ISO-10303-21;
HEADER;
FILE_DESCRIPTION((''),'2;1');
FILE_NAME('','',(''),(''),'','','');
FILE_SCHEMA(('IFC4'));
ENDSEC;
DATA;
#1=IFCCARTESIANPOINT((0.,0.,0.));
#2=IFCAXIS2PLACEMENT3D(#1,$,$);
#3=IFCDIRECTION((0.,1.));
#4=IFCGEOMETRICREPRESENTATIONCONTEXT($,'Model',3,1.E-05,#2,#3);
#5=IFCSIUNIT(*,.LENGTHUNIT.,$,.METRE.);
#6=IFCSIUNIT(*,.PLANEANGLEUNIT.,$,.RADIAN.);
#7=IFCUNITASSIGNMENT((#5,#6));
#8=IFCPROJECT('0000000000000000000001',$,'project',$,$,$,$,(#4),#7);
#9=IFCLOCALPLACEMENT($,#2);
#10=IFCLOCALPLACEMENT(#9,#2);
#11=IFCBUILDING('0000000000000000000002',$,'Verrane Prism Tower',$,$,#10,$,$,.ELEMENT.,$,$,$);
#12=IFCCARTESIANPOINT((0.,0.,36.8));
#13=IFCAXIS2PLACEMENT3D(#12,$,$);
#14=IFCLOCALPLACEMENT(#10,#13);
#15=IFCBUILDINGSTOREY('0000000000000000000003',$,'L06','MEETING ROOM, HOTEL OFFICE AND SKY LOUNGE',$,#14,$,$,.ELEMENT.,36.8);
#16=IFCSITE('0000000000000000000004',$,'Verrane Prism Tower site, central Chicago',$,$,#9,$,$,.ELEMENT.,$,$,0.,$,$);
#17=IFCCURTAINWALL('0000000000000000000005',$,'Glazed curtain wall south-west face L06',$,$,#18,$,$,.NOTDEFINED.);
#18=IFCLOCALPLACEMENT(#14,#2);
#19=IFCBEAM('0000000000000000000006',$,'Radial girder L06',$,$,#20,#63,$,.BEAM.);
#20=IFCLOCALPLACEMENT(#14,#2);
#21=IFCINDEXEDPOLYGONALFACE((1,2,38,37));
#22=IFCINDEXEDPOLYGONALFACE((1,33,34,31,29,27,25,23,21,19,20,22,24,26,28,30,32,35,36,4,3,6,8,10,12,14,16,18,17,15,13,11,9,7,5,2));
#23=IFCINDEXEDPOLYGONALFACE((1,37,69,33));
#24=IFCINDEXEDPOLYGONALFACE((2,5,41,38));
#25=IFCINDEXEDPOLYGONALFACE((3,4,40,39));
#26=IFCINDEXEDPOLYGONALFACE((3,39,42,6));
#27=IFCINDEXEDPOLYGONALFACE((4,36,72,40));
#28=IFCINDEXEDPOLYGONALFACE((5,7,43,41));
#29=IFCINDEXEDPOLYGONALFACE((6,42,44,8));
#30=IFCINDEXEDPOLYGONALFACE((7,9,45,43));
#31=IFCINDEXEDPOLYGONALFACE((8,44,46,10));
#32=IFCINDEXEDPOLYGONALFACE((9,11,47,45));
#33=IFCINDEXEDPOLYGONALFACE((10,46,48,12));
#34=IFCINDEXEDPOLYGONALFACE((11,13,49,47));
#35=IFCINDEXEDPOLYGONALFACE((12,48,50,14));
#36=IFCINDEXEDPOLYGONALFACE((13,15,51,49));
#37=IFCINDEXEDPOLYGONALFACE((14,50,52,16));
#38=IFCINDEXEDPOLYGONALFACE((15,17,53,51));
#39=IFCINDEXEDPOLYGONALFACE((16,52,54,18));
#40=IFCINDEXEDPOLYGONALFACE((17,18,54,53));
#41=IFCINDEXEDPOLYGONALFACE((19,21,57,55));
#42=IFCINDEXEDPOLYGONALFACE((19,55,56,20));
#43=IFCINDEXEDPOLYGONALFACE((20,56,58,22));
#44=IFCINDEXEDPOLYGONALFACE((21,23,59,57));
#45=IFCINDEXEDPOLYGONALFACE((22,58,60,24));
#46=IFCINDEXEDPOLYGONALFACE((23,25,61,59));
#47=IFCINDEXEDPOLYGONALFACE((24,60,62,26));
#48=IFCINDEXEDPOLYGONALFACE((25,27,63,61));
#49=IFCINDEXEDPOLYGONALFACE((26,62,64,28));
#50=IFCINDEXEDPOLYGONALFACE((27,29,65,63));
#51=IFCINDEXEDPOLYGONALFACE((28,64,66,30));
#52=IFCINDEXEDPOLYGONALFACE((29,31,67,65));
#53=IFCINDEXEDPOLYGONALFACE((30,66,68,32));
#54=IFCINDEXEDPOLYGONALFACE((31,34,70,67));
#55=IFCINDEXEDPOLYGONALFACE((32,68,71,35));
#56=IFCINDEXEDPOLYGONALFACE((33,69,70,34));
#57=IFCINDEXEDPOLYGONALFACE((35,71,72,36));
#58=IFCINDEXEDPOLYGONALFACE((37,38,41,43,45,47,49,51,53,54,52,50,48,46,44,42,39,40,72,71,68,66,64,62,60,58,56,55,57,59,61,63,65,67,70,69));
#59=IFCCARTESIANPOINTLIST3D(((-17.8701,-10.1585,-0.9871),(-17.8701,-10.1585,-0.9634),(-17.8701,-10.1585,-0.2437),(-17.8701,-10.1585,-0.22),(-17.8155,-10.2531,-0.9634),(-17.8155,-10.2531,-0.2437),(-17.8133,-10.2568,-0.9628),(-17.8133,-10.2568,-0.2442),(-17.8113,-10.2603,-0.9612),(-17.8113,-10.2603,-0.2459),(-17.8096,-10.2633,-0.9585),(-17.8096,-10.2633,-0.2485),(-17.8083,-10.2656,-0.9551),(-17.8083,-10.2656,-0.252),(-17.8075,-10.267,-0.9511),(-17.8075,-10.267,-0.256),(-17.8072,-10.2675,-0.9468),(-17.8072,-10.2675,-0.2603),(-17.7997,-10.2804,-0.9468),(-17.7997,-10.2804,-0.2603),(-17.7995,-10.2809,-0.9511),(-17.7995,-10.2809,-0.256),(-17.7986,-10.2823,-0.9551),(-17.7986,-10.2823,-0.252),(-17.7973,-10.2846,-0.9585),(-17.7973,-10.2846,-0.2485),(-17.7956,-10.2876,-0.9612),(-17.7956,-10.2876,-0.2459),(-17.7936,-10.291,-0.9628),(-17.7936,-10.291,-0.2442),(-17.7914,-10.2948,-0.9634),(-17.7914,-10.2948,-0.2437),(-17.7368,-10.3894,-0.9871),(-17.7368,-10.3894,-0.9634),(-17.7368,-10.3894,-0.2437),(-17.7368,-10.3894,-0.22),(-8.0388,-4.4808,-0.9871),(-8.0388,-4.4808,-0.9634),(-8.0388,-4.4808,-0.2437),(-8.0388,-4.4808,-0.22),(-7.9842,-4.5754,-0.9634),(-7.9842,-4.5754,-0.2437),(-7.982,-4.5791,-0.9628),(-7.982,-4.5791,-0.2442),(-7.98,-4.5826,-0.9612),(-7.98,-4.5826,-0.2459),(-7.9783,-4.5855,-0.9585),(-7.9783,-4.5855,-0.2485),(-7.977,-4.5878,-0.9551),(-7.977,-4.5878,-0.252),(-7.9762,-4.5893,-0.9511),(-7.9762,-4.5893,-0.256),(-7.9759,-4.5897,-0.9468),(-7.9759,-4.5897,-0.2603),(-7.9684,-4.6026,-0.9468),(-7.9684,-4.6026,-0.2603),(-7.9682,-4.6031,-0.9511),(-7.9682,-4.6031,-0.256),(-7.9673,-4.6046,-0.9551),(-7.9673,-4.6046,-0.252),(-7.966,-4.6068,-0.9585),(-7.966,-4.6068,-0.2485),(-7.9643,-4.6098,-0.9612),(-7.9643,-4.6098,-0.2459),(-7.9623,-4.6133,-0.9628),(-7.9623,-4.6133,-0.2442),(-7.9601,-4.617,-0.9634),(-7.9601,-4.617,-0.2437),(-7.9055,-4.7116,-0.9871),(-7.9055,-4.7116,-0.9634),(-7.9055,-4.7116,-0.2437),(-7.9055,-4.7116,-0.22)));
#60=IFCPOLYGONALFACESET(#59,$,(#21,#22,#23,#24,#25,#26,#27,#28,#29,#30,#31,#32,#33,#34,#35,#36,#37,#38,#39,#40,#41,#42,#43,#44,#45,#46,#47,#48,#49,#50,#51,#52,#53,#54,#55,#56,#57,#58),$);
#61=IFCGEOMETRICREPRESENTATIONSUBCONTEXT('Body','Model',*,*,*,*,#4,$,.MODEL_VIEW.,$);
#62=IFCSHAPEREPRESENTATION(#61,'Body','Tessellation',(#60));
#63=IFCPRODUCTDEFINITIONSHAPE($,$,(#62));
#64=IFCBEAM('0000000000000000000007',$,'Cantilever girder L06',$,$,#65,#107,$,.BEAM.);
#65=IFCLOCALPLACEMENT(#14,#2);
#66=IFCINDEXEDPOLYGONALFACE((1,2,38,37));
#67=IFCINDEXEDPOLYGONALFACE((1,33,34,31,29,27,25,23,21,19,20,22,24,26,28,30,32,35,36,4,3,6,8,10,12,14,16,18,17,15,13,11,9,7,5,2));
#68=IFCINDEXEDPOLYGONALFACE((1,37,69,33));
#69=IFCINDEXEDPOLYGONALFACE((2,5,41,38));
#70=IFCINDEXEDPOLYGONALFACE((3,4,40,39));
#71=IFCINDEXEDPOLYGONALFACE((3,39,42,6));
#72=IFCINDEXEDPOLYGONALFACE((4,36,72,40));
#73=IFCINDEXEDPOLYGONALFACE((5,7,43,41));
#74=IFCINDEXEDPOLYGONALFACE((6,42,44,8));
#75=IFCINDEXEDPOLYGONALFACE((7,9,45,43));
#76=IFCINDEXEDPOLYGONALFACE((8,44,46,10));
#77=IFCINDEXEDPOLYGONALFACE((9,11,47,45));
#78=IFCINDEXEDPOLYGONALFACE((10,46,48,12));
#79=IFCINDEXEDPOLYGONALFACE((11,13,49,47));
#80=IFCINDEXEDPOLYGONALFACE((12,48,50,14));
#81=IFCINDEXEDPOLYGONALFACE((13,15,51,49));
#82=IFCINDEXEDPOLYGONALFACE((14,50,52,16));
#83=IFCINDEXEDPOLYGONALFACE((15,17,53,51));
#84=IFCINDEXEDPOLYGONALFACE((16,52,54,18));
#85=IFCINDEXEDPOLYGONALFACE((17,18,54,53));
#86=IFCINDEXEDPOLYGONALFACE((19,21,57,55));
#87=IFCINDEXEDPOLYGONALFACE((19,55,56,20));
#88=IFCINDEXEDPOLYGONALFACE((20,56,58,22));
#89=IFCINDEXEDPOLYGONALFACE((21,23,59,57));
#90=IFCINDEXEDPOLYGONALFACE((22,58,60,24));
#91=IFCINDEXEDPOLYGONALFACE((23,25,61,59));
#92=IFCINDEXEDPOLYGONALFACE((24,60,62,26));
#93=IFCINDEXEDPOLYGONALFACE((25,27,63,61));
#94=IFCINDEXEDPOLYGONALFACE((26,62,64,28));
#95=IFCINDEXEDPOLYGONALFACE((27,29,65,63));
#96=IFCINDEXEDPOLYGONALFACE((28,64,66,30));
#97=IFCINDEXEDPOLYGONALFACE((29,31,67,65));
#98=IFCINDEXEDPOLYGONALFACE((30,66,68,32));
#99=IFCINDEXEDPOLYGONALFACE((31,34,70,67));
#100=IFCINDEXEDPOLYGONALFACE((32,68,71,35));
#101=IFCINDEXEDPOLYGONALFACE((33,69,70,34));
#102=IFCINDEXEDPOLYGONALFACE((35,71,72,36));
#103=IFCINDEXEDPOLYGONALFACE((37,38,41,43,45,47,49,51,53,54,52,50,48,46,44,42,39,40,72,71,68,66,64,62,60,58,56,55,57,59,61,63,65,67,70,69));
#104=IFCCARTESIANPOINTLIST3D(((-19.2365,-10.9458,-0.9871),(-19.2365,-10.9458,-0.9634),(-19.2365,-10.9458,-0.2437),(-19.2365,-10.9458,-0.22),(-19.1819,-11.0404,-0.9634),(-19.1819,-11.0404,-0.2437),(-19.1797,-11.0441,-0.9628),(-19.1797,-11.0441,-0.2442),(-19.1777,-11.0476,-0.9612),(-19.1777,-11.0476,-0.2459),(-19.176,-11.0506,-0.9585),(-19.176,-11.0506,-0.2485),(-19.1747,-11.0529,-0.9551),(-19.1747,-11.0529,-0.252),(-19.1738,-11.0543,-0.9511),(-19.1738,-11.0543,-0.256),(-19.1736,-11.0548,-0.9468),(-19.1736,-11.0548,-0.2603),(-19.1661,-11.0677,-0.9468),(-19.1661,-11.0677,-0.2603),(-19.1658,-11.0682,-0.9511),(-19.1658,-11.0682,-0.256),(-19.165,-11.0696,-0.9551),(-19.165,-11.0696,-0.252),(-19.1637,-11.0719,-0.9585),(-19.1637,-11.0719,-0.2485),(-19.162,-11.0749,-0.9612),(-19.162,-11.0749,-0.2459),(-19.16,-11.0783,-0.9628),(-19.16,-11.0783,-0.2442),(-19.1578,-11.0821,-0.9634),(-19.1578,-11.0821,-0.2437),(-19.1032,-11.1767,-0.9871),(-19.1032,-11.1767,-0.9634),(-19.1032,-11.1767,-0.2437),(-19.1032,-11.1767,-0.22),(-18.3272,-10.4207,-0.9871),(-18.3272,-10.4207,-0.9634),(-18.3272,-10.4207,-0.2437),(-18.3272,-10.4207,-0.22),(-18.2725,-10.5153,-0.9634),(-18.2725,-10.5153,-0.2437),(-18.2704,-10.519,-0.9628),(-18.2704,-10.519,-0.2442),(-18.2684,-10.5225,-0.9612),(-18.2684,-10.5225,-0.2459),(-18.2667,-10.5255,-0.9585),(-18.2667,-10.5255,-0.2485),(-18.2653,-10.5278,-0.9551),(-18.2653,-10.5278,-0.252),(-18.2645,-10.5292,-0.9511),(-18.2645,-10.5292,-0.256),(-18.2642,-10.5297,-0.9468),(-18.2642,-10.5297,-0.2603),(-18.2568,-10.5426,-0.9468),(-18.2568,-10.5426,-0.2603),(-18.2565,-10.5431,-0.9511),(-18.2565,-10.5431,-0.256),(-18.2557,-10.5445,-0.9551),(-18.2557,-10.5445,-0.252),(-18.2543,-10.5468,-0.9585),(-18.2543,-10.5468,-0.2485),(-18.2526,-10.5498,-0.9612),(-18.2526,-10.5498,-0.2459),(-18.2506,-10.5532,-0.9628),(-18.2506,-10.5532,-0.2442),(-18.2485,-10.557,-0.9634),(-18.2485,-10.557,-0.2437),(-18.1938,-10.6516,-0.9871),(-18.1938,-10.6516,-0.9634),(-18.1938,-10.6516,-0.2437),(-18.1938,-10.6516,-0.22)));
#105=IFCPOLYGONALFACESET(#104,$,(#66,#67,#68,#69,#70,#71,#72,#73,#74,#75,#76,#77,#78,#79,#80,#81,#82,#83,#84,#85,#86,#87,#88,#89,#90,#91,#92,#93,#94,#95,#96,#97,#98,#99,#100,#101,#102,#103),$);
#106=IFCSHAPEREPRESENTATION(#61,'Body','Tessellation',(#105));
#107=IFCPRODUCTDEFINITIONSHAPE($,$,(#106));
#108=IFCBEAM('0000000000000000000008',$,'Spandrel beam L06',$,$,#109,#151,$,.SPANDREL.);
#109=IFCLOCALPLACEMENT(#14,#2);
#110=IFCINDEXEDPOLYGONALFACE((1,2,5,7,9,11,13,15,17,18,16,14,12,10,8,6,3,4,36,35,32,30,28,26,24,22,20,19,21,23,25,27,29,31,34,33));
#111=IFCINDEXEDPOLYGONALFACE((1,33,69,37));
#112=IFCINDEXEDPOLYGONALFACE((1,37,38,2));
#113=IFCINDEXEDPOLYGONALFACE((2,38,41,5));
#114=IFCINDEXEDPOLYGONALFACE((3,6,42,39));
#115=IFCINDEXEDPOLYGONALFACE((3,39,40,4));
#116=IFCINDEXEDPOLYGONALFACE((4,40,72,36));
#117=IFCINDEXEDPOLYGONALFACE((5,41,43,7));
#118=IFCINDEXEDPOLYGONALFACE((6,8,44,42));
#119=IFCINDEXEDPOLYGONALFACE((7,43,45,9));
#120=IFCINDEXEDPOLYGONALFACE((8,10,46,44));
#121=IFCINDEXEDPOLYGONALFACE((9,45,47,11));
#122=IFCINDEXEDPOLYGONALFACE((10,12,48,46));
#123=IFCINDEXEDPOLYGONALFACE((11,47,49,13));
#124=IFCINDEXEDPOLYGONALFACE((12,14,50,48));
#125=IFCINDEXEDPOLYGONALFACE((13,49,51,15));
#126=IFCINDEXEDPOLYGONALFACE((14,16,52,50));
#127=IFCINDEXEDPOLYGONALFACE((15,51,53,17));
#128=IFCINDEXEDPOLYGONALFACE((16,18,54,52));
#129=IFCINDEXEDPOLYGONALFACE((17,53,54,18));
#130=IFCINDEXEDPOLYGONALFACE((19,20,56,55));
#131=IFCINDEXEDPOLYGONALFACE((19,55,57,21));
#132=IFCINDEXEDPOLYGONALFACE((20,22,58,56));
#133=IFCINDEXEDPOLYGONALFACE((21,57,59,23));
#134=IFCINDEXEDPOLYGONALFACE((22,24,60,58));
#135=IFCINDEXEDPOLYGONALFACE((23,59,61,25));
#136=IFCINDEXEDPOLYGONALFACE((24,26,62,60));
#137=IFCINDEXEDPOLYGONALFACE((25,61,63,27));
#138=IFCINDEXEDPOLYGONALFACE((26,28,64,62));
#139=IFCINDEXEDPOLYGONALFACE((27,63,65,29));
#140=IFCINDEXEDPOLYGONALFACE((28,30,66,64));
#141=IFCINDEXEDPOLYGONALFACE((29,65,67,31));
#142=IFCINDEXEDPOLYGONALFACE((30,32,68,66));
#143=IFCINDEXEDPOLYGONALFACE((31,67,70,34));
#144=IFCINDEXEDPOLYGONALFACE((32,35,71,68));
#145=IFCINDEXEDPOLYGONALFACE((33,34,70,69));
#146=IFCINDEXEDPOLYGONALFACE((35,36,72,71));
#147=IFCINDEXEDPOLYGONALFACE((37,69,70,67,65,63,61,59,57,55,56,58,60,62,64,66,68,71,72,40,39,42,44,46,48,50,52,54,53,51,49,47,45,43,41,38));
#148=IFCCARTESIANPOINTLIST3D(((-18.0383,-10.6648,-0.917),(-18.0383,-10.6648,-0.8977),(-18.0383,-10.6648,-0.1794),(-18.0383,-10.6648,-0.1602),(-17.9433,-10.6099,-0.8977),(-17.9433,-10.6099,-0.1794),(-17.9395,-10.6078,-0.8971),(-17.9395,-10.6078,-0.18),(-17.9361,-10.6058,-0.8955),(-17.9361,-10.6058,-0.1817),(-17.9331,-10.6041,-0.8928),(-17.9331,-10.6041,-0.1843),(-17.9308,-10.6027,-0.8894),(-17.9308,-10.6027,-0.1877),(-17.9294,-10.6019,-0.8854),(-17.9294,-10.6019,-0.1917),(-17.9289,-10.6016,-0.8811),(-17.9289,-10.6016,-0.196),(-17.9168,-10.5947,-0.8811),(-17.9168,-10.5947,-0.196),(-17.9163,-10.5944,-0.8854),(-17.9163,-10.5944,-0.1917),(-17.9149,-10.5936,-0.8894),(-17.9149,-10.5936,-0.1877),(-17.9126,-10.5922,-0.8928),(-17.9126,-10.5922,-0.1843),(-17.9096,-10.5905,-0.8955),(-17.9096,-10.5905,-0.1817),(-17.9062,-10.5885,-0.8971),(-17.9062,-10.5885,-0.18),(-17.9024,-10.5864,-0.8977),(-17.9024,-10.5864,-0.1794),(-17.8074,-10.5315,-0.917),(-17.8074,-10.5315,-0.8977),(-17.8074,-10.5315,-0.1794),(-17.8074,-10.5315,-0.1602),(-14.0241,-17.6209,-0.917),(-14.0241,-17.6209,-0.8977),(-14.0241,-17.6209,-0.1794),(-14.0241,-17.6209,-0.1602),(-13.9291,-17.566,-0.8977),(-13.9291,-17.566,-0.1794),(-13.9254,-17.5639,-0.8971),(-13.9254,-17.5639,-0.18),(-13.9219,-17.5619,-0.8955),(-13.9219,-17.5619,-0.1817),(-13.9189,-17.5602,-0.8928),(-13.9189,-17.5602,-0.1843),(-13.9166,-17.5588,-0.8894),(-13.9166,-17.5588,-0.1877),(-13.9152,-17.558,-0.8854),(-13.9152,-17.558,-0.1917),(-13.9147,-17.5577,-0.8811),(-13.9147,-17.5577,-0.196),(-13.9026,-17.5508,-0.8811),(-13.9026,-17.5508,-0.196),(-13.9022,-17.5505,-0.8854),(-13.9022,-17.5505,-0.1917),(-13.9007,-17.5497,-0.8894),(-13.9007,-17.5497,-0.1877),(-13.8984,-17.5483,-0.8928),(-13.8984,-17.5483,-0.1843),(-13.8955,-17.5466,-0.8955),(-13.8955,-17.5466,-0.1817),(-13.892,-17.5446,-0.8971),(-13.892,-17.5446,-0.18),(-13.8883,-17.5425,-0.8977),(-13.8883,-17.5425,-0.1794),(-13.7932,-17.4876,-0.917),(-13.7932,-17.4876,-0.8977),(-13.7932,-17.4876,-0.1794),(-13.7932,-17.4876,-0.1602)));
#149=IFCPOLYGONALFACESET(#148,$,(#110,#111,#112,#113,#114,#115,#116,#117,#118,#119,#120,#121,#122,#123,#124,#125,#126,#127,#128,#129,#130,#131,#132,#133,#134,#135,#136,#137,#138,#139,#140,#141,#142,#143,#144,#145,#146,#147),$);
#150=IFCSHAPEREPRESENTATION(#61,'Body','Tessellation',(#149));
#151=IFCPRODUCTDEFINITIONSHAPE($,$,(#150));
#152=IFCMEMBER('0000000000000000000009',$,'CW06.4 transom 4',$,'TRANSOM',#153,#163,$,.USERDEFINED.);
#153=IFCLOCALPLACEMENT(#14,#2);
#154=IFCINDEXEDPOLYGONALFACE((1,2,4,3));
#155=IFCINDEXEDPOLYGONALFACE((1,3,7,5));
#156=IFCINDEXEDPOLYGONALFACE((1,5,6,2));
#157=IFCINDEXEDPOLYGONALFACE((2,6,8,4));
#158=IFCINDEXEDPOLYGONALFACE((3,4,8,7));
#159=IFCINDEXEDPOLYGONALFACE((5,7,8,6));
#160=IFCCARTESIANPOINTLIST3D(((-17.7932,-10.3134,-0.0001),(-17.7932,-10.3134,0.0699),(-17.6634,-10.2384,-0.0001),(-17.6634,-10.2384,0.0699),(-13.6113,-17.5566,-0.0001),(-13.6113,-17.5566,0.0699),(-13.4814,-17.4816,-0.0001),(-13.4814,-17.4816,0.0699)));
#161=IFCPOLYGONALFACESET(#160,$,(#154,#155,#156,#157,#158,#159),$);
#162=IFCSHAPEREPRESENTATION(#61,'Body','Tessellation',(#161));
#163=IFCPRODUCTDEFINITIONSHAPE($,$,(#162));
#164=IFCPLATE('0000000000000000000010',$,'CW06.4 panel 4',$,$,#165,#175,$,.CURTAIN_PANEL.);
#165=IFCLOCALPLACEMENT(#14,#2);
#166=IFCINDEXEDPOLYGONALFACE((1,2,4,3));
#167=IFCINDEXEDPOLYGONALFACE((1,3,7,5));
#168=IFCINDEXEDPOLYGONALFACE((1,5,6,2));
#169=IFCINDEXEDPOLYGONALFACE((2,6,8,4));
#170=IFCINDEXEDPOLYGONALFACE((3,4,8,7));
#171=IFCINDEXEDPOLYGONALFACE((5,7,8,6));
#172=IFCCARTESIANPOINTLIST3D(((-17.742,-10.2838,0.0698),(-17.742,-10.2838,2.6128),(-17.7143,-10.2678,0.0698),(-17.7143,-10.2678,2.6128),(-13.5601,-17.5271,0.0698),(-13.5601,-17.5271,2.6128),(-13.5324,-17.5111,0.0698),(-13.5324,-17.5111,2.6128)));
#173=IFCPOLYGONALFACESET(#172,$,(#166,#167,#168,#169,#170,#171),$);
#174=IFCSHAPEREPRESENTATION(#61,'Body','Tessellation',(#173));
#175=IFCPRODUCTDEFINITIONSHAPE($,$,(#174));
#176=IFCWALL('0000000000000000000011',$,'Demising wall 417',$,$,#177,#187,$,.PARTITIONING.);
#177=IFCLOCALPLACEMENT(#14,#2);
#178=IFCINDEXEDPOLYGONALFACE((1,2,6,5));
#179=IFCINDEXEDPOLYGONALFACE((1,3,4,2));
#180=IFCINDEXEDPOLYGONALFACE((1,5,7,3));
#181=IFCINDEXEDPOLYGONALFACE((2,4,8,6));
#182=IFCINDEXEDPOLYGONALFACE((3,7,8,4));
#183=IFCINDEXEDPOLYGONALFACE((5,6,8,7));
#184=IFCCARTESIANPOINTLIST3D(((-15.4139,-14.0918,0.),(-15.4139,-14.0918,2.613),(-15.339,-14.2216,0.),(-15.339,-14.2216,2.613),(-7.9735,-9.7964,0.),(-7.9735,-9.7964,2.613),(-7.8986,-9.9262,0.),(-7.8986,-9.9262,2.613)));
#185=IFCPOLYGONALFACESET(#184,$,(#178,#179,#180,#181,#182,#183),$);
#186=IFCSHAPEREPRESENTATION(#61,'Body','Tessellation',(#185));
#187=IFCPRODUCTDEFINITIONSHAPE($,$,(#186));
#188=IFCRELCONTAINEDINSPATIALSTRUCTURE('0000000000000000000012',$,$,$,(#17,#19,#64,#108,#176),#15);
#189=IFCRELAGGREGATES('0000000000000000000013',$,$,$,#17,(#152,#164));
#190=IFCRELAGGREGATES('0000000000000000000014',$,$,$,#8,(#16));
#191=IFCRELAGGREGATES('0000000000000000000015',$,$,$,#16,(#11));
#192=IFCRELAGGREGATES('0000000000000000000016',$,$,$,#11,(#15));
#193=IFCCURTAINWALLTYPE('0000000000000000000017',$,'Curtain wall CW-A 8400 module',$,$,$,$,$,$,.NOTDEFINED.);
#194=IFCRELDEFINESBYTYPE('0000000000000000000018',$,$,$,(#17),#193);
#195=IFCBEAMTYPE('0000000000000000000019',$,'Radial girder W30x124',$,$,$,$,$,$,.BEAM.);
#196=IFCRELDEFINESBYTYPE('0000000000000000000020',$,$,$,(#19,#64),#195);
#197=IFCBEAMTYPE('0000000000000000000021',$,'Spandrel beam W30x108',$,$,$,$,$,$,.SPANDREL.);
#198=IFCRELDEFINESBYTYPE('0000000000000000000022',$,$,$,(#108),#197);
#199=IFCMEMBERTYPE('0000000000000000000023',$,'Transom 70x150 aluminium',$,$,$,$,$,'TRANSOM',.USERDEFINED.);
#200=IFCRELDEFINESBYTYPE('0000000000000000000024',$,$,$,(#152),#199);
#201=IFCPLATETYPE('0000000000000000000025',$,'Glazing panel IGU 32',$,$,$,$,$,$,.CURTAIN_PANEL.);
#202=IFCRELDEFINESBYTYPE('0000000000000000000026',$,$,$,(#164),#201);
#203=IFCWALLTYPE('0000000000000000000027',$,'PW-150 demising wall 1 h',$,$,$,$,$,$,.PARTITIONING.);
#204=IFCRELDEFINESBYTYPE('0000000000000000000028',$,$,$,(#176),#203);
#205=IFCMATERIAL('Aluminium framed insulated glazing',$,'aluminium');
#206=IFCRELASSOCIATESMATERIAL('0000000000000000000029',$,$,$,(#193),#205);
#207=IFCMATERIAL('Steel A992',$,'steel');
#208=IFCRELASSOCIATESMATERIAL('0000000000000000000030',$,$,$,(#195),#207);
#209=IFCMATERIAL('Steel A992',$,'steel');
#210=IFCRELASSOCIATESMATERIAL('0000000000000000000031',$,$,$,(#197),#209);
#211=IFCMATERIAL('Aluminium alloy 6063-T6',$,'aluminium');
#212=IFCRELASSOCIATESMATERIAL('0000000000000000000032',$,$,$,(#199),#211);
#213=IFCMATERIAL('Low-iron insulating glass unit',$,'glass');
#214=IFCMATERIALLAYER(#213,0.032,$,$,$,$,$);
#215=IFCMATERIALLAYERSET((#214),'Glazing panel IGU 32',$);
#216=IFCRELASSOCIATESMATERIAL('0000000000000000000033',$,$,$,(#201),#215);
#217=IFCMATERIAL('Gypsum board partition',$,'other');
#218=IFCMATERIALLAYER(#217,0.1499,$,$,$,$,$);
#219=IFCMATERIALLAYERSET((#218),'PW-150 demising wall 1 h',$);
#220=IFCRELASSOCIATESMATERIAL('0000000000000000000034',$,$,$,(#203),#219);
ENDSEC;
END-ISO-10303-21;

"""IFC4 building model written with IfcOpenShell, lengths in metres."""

from ifc_helpers import new_model, si_unit, direction, frame, frame_2d, origin, origin_2d, place, context, subcontext, project, spatial, rectangle, i_section, extrude, material, layer, layer_set, material_profile, profile_set, type_object, element, aggregate, save


model = new_model("IFC4")

# Units and contexts
model_context = context("Model", 3, precision=1e-05, world=origin(), true_north=direction((0.0, 1.0)))
body_context = subcontext(model_context, "Body", "Model", "MODEL_VIEW")
ifc_project = project(units=[si_unit("LENGTHUNIT", "METRE"), si_unit("PLANEANGLEUNIT", "RADIAN")], contexts=[model_context])

# Site, building, storey
site_placement = place(None, origin())
site = spatial("IfcSite", under=ifc_project, at=site_placement, Name="Verrane Prism Tower site, central Chicago", CompositionType="ELEMENT", RefElevation=0.0)
building_placement = place(site_placement, origin())
building = spatial("IfcBuilding", under=site, at=building_placement, Name="Verrane Prism Tower", CompositionType="ELEMENT")
storey_placement = place(building_placement, frame((0.0, 0.0, 36.8)))
storey = spatial("IfcBuildingStorey", under=building, at=storey_placement, Name="L06", Description="MEETING ROOM, HOTEL OFFICE AND SKY LOUNGE", CompositionType="ELEMENT", Elevation=36.8)

# Curtain wall
ifc_material_1 = material(Name="Aluminium framed insulated glazing", Category="aluminium")
curtain_wall_type = type_object("IfcCurtainWallType", Name="Curtain wall CW-A 8400 module", PredefinedType="NOTDEFINED", material=ifc_material_1)
curtain_wall_placement = place(storey_placement, origin())
curtain_wall = element("IfcCurtainWall", 1, at=curtain_wall_placement, inside=storey, type_object=curtain_wall_type, Name="Glazed curtain wall south-west face L06", PredefinedType="NOTDEFINED")

# Beams
ifc_material_2 = material(Name="Steel A992", Category="steel")
ifc_material_profile_1 = material_profile(ifc_material_2, i_section(OverallWidth=0.2666, OverallDepth=0.7671, WebThickness=0.0149, FlangeThickness=0.0237, FilletRadius=0.0166, at=origin_2d()), Name="W30x124")
ifc_profile_set_1 = profile_set([ifc_material_profile_1], Name="Steel A992")
beam_type_1 = type_object("IfcBeamType", Name="Radial girder W30x124", PredefinedType="BEAM", material=ifc_profile_set_1)
beam_1_placement = place(storey_placement, frame((-17.8035, -10.2739, -0.6035), z_axis=(0.865963, 0.500108, 0.0), x_axis=(-0.500108, 0.865963, 0.0)))
element("IfcBeam", 2, at=beam_1_placement, inside=storey, type_object=beam_type_1, Name="Radial girder L06", PredefinedType="BEAM", context=body_context, shape_type="SweptSolid", body=[
    extrude(i_section(OverallWidth=0.2666, OverallDepth=0.7671, WebThickness=0.0149, FlangeThickness=0.0237, FilletRadius=0.0166, at=origin_2d()), origin(), (0.0, 0.0, 1.0), 11.353),
])
beam_2_placement = place(storey_placement, frame((-18.2605, -10.5361, -0.6035), z_axis=(-0.865988, -0.500065, 0.0), x_axis=(0.500065, -0.865988, 0.0)))
element("IfcBeam", 3, at=beam_2_placement, inside=storey, type_object=beam_type_1, Name="Cantilever girder L06", PredefinedType="BEAM", context=body_context, shape_type="SweptSolid", body=[
    extrude(i_section(OverallWidth=0.2666, OverallDepth=0.7671, WebThickness=0.0149, FlangeThickness=0.0237, FilletRadius=0.0166, at=origin_2d()), origin(), (0.0, 0.0, 1.0), 1.05),
])
ifc_material_3 = material(Name="Steel A992", Category="steel")
ifc_material_profile_2 = material_profile(ifc_material_3, i_section(OverallWidth=0.2666, OverallDepth=0.7568, WebThickness=0.0139, FlangeThickness=0.0193, FilletRadius=0.0166, at=origin_2d()), Name="W30x108")
ifc_profile_set_2 = profile_set([ifc_material_profile_2], Name="Steel A992")
beam_type_2 = type_object("IfcBeamType", Name="Spandrel beam W30x108", PredefinedType="SPANDREL", material=ifc_profile_set_2)
beam_3_placement = place(storey_placement, frame((-17.9229, -10.5981, -0.5386), z_axis=(0.499821, -0.866129, 0.0), x_axis=(0.866129, 0.499821, 0.0)))
element("IfcBeam", 4, at=beam_3_placement, inside=storey, type_object=beam_type_2, Name="Spandrel beam L06", PredefinedType="SPANDREL", context=body_context, shape_type="SweptSolid", body=[
    extrude(i_section(OverallWidth=0.2666, OverallDepth=0.7568, WebThickness=0.0139, FlangeThickness=0.0193, FilletRadius=0.0166, at=origin_2d()), origin(), (0.0, 0.0, 1.0), 8.0312),
])

# Member
ifc_material_4 = material(Name="Aluminium alloy 6063-T6", Category="aluminium")
ifc_material_profile_3 = material_profile(ifc_material_4, rectangle(XDim=0.1499, YDim=0.0701, at=origin_2d()), Name="Transom 70x150 aluminium")
ifc_profile_set_3 = profile_set([ifc_material_profile_3], Name="Aluminium alloy 6063-T6")
member_type_1 = type_object("IfcMemberType", Name="Transom 70x150 aluminium", ElementType="TRANSOM", PredefinedType="USERDEFINED", material=ifc_profile_set_3)
member_1_placement = place(storey_placement, frame((-17.7283, -10.2759, 0.0349), z_axis=(0.500004, -0.866023, 0.0), x_axis=(0.866023, 0.500004, 0.0)))
member_1 = element("IfcMember", 5, at=member_1_placement, type_object=member_type_1, Name="CW06.4 transom 4", ObjectType="TRANSOM", PredefinedType="USERDEFINED", context=body_context, shape_type="SweptSolid", body=[
    extrude(rectangle(XDim=0.1499, YDim=0.0701, at=origin_2d()), origin(), (0.0, 0.0, 1.0), 8.3638),
])

# Plate
ifc_material_5 = material(Name="Low-iron insulating glass unit", Category="glass")
ifc_layer_1 = layer(ifc_material_5, 0.032)
ifc_layer_set_1 = layer_set([ifc_layer_1], Name="Glazing panel IGU 32")
plate_type = type_object("IfcPlateType", Name="Glazing panel IGU 32", PredefinedType="CURTAIN_PANEL", material=ifc_layer_set_1)
plate_placement = place(storey_placement, frame((-15.6372, -13.8975, 0.0698), z_axis=(0.0, 0.0, 1.0), x_axis=(0.5, -0.866025, 0.0)))
plate = element("IfcPlate", 6, at=plate_placement, type_object=plate_type, Name="CW06.4 panel 4", PredefinedType="CURTAIN_PANEL", context=body_context, shape_type="SweptSolid", body=[
    extrude(rectangle(XDim=8.3638, YDim=0.032, at=origin_2d()), origin(), (0.0, 0.0, 1.0), 2.543),
])
aggregate(curtain_wall, [member_1, plate])

# Wall
ifc_material_6 = material(Name="Gypsum board partition", Category="other")
ifc_layer_2 = layer(ifc_material_6, 0.1499)
ifc_layer_set_2 = layer_set([ifc_layer_2], Name="PW-150 demising wall 1 h")
wall_type = type_object("IfcWallType", Name="PW-150 demising wall 1 h", PredefinedType="PARTITIONING", material=ifc_layer_set_2)
wall_placement = place(storey_placement, frame((-15.3765, -14.1567, 0.0), z_axis=(0.0, 0.0, 1.0), x_axis=(0.866042, 0.499972, 0.0)))
element("IfcWall", 7, at=wall_placement, inside=storey, type_object=wall_type, Name="Demising wall 417", PredefinedType="PARTITIONING", context=body_context, shape_type="SweptSolid", body=[
    extrude(rectangle(XDim=8.5913, YDim=0.1499, at=frame_2d((4.2957, 0.0))), origin(), (0.0, 0.0, 1.0), 2.613),
])

save(model, "model.ifc")
